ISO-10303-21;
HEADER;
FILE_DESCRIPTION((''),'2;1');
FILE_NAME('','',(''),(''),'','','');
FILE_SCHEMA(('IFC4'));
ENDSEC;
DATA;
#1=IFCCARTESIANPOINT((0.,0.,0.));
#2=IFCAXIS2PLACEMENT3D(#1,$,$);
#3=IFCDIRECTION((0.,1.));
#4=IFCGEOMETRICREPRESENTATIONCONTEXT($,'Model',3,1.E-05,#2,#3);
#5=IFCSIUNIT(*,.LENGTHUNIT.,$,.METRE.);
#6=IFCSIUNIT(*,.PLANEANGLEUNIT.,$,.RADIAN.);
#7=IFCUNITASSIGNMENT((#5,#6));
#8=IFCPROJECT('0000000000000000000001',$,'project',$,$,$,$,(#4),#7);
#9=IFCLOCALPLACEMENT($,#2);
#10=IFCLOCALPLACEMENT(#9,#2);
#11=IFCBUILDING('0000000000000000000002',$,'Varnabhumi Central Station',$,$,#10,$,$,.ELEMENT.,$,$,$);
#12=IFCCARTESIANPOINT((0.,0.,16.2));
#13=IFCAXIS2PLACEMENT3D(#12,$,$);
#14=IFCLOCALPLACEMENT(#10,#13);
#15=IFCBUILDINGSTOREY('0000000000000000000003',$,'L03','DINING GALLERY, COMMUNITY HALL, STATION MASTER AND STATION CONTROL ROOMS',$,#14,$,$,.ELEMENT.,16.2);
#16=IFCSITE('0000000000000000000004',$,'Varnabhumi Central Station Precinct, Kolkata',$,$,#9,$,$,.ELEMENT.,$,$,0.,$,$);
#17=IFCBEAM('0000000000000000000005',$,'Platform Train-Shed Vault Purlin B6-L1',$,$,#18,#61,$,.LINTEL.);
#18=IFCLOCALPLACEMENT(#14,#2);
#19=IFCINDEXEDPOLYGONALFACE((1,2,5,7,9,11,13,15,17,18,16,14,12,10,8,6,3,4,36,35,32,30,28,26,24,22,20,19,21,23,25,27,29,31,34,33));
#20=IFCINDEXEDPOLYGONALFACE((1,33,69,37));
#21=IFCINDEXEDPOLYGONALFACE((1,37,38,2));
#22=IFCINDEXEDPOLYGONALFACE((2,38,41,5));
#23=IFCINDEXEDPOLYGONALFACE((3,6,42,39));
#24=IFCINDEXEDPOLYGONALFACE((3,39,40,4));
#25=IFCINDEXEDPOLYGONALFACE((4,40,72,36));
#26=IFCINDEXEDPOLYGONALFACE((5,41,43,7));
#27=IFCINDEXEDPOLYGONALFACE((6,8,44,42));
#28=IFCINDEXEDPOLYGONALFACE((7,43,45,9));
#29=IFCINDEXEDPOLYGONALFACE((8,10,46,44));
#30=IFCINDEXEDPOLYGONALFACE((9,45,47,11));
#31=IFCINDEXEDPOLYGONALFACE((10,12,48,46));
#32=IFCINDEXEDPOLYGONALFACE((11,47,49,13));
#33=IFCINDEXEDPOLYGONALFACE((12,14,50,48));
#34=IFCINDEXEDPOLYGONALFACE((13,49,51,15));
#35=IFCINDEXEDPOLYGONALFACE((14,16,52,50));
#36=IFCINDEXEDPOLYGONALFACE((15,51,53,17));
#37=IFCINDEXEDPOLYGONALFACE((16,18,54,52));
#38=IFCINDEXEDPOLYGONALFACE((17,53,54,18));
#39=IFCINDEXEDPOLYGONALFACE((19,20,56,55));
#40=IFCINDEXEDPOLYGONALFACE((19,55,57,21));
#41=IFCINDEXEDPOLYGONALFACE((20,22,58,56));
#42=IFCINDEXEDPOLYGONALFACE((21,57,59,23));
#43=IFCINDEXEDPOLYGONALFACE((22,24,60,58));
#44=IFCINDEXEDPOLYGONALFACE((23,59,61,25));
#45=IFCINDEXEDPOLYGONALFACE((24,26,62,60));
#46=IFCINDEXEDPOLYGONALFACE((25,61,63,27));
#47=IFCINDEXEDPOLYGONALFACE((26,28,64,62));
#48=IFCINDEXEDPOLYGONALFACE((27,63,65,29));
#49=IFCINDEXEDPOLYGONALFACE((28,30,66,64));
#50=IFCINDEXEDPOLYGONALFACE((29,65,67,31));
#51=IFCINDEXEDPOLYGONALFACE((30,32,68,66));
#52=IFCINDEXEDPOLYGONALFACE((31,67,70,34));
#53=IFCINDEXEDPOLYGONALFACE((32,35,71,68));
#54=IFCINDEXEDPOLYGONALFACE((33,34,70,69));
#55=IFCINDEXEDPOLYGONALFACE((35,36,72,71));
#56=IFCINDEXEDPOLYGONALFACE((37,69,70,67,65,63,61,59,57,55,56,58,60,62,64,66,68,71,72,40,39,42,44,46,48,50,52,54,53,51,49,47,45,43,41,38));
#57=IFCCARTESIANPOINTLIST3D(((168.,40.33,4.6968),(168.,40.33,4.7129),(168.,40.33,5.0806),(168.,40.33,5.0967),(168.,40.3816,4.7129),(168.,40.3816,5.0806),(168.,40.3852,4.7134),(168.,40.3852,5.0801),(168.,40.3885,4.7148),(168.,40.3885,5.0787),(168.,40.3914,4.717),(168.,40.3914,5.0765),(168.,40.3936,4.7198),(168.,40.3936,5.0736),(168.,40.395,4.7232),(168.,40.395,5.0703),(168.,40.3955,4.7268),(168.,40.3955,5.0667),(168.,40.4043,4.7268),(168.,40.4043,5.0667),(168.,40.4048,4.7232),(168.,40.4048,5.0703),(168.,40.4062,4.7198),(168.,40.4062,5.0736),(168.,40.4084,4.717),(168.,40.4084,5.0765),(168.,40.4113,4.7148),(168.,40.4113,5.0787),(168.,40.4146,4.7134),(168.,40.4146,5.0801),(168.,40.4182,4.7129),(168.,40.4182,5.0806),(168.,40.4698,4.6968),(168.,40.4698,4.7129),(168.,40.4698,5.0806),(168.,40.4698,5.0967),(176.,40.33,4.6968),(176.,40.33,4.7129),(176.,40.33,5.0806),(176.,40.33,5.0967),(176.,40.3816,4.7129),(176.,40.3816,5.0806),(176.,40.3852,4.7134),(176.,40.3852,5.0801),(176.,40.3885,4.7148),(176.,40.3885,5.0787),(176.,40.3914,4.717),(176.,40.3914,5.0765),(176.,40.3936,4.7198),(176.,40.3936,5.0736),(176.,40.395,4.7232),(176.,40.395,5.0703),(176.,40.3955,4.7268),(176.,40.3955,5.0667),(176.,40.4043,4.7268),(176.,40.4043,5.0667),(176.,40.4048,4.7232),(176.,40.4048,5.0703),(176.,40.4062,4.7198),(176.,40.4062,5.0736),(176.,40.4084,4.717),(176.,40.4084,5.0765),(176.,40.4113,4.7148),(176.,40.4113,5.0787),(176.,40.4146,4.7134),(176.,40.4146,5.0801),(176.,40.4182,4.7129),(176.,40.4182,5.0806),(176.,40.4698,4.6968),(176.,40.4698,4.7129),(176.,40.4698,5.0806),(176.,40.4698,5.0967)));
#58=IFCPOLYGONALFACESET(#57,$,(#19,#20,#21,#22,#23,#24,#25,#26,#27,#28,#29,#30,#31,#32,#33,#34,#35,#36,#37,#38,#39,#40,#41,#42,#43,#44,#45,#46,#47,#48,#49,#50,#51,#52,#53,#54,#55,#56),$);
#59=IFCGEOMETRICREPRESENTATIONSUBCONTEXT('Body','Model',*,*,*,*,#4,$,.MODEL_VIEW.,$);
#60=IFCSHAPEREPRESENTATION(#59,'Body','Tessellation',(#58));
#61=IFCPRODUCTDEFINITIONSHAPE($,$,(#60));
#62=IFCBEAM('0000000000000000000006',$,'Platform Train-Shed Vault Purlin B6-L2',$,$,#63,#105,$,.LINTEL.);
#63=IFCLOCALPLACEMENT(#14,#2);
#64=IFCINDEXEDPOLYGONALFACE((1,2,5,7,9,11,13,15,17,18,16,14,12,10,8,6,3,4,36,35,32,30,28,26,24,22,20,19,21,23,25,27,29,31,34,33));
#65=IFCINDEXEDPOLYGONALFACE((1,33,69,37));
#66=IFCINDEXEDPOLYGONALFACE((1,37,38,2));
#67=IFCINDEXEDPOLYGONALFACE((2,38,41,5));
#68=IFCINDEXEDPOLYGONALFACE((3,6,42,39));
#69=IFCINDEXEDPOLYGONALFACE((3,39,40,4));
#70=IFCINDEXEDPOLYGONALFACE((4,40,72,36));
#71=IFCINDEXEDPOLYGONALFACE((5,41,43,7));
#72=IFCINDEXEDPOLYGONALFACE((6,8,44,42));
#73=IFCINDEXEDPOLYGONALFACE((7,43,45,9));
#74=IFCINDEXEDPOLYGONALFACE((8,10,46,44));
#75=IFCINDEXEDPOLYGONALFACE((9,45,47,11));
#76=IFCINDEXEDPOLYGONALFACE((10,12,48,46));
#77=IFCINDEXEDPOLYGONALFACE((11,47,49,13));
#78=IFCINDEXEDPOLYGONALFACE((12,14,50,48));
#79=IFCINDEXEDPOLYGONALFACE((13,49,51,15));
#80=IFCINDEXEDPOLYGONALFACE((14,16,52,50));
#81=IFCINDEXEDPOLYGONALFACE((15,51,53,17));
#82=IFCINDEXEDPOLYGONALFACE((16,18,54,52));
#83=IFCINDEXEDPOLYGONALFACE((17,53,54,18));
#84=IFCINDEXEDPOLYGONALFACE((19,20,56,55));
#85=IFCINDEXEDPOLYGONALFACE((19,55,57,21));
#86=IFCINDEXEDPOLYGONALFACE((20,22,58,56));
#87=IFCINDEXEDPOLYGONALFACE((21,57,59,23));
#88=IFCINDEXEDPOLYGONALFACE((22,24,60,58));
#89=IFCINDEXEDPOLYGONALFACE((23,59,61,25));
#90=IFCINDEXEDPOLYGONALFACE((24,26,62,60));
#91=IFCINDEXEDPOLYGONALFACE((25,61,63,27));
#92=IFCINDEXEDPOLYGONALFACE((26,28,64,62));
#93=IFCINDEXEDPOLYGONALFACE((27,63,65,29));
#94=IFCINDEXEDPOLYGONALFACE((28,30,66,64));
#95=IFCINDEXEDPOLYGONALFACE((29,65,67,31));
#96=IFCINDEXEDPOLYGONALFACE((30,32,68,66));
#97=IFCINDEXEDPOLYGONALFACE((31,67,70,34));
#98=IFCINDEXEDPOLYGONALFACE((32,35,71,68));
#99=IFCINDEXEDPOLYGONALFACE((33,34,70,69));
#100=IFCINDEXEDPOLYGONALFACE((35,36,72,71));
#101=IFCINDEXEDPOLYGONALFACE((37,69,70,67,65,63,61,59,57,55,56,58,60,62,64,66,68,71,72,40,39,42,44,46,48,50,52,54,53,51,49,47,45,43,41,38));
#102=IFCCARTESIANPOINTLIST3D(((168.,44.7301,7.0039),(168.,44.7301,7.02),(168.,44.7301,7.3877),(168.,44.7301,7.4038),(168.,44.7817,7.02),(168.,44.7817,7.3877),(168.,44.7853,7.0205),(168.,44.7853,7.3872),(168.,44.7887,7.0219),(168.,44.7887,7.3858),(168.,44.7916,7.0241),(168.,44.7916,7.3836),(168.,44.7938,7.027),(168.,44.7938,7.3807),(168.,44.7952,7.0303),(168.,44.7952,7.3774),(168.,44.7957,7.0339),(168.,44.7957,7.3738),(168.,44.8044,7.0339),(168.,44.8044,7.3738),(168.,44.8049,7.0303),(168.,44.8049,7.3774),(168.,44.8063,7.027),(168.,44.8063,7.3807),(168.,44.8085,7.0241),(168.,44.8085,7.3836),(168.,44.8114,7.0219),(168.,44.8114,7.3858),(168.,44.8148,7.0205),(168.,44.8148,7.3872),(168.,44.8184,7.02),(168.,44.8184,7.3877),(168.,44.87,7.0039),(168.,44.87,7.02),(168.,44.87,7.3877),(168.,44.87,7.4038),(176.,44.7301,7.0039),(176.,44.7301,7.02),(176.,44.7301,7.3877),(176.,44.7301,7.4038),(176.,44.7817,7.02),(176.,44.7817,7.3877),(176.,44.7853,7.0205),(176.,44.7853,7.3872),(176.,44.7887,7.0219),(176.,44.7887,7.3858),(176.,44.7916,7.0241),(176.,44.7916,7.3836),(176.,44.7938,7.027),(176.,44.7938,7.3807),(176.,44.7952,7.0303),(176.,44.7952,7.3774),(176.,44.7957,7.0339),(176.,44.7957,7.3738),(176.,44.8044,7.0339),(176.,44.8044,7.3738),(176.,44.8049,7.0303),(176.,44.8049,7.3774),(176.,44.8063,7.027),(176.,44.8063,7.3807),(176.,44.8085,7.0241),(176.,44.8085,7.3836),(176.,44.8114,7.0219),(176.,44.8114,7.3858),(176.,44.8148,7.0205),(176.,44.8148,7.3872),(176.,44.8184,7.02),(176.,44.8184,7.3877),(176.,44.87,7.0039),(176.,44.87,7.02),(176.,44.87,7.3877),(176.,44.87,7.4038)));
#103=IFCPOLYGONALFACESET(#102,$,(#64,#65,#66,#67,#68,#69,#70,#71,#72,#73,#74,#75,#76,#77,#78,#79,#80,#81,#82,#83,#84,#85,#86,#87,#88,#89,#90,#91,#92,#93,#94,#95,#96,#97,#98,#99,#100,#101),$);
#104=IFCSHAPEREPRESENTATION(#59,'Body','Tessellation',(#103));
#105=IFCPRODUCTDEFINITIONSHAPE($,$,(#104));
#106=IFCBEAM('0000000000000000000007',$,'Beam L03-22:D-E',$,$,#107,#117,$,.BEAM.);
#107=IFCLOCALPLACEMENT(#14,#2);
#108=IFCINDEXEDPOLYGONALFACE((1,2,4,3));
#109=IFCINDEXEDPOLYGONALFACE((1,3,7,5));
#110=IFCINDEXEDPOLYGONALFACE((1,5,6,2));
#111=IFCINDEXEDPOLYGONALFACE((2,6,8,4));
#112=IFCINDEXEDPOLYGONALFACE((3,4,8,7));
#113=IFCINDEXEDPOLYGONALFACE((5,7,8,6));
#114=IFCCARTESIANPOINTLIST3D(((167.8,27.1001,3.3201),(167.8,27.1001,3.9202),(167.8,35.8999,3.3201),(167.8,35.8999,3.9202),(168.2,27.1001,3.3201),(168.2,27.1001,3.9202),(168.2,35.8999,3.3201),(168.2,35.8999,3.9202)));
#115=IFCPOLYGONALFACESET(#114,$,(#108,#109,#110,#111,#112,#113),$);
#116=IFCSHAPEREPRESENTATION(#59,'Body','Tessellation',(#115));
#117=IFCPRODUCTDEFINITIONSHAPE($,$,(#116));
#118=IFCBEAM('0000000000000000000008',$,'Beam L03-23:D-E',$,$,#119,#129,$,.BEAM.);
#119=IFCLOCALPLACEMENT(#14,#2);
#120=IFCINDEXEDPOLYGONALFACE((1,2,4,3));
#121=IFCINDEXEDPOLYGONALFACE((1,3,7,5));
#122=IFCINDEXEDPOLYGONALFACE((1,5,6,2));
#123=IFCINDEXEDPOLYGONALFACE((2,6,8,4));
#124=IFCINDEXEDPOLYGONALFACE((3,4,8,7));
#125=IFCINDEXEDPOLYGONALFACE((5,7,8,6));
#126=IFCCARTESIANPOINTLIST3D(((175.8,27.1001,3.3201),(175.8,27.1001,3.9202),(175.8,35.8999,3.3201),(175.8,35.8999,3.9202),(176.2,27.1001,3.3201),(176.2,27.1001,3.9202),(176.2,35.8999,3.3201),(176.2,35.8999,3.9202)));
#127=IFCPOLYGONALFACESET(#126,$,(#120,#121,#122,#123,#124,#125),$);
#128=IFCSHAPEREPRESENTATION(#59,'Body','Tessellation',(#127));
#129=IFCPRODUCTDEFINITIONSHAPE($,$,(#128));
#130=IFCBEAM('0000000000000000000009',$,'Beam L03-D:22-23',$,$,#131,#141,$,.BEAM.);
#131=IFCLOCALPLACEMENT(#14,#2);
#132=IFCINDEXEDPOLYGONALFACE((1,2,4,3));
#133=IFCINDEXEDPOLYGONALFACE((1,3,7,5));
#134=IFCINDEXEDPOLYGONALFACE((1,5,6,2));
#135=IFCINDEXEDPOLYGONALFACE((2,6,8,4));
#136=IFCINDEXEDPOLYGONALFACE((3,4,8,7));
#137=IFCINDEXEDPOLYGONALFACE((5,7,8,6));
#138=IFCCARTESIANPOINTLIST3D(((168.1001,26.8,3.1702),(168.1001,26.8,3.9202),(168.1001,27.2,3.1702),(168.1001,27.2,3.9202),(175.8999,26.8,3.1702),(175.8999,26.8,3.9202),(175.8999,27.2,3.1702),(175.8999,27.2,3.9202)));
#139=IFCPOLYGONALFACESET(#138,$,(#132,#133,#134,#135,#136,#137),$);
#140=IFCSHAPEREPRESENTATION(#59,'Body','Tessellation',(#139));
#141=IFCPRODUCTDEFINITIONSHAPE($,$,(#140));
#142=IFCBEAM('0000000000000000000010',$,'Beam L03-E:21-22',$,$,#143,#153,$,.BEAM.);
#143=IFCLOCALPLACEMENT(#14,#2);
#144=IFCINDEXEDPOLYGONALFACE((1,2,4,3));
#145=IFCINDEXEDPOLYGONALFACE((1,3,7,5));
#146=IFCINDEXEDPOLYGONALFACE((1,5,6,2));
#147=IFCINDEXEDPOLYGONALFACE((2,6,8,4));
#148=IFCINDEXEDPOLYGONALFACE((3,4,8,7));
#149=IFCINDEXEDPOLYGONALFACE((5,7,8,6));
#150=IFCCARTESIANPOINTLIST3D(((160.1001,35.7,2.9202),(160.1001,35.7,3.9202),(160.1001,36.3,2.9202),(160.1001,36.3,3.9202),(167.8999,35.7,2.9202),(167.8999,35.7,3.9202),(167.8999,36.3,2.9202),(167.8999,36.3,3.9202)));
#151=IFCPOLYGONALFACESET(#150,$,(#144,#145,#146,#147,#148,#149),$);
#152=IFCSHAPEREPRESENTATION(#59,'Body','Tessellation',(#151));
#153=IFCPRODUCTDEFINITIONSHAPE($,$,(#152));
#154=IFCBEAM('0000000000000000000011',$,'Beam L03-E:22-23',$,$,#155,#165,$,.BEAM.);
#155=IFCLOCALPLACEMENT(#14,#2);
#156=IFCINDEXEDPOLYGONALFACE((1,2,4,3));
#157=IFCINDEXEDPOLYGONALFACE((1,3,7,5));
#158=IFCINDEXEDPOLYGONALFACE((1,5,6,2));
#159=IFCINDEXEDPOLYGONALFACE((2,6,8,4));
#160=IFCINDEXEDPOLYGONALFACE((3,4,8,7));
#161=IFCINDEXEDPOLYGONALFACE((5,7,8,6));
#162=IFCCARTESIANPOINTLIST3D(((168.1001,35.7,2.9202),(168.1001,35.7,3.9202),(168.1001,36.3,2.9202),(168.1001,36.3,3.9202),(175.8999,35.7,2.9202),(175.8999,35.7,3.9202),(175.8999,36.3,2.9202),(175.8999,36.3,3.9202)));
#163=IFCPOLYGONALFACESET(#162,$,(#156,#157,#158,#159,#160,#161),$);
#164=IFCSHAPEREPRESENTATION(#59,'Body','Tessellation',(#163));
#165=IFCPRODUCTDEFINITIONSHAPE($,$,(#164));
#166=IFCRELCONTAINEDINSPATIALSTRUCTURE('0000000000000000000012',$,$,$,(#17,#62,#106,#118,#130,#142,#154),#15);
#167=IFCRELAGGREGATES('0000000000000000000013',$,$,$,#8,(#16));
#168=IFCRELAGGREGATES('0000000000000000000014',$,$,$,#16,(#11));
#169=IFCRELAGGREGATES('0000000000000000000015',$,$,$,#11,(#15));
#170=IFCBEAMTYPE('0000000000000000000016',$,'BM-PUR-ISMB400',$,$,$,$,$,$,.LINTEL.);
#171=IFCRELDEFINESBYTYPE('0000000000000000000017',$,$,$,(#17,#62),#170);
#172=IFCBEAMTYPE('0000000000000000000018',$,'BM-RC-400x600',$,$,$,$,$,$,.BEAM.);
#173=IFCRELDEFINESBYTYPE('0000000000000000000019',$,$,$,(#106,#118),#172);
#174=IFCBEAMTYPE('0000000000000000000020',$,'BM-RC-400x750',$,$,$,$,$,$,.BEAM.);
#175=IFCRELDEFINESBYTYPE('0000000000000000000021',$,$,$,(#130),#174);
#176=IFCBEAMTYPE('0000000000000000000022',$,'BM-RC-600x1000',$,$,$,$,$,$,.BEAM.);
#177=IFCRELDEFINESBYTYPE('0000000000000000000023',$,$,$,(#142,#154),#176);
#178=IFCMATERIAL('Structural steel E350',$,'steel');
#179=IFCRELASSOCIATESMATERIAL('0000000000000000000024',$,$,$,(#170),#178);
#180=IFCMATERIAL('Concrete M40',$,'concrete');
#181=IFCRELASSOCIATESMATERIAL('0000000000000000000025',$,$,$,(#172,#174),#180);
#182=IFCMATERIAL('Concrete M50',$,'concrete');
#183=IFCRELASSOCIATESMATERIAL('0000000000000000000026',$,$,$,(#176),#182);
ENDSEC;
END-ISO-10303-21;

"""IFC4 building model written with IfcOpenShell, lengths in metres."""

from ifc_helpers import new_model, si_unit, direction, frame, origin, origin_2d, place, context, subcontext, project, spatial, rectangle, i_section, extrude, material, material_profile, profile_set, type_object, element, save


model = new_model("IFC4")

# Units and contexts
model_context = context("Model", 3, precision=1e-05, world=origin(), true_north=direction((0.0, 1.0)))
body_context = subcontext(model_context, "Body", "Model", "MODEL_VIEW")
ifc_project = project(units=[si_unit("LENGTHUNIT", "METRE"), si_unit("PLANEANGLEUNIT", "RADIAN")], contexts=[model_context])

# Site, building, storey
site_placement = place(None, origin())
site = spatial("IfcSite", under=ifc_project, at=site_placement, Name="Varnabhumi Central Station Precinct, Kolkata", CompositionType="ELEMENT", RefElevation=0.0)
building_placement = place(site_placement, origin())
building = spatial("IfcBuilding", under=site, at=building_placement, Name="Varnabhumi Central Station", CompositionType="ELEMENT")
storey_placement = place(building_placement, frame((0.0, 0.0, 16.2)))
storey = spatial("IfcBuildingStorey", under=building, at=storey_placement, Name="L03", Description="DINING GALLERY, COMMUNITY HALL, STATION MASTER AND STATION CONTROL ROOMS", CompositionType="ELEMENT", Elevation=16.2)

# Shared definitions
ifc_material_1 = material(Name="Concrete M40", Category="concrete")

# Beams
ifc_material_2 = material(Name="Structural steel E350", Category="steel")
ifc_material_profile_1 = material_profile(ifc_material_2, i_section(OverallWidth=0.1399, OverallDepth=0.3999, WebThickness=0.0088, FlangeThickness=0.0161, FilletRadius=0.0139, at=origin_2d()), Name="Structural steel E350", Category="steel")
ifc_profile_set_1 = profile_set([ifc_material_profile_1], Name="Structural steel E350")
beam_type_1 = type_object("IfcBeamType", Name="BM-PUR-ISMB400", PredefinedType="LINTEL", material=ifc_profile_set_1)
for number, where, z_axis, x_axis, name in (
    (1, (168.0, 40.3999, 4.8967), (1.0, 0.0, 0.0), (0.0, 1.0, 0.0), "Platform Train-Shed Vault Purlin B6-L1"),
    (2, (168.0, 44.8, 7.2039), (1.0, 0.0, 0.0), (0.0, 1.0, 0.0), "Platform Train-Shed Vault Purlin B6-L2"),
):
    element("IfcBeam", number, at=place(storey_placement, frame(where, z_axis=z_axis, x_axis=x_axis)), inside=storey, type_object=beam_type_1, Name=name, PredefinedType="LINTEL", context=body_context, shape_type="SweptSolid", body=[
        extrude(i_section(OverallWidth=0.1399, OverallDepth=0.3999, WebThickness=0.0088, FlangeThickness=0.0161, FilletRadius=0.0139, at=origin_2d()), origin(), (0.0, 0.0, 1.0), 8.0),
    ])
ifc_material_profile_2 = material_profile(ifc_material_1, rectangle(XDim=0.3999, YDim=0.6001, at=origin_2d()), Name="Concrete M40", Category="concrete")
ifc_profile_set_2 = profile_set([ifc_material_profile_2], Name="Concrete M40")
beam_type_2 = type_object("IfcBeamType", Name="BM-RC-400x600", PredefinedType="BEAM", material=ifc_profile_set_2)
for number, where, z_axis, x_axis, name in (
    (3, (168.0, 27.1001, 3.6201), (0.0, 1.0, 0.0), (-1.0, 0.0, 0.0), "Beam L03-22:D-E"),
    (4, (176.0, 27.1001, 3.6201), (0.0, 1.0, 0.0), (-1.0, 0.0, 0.0), "Beam L03-23:D-E"),
):
    element("IfcBeam", number, at=place(storey_placement, frame(where, z_axis=z_axis, x_axis=x_axis)), inside=storey, type_object=beam_type_2, Name=name, PredefinedType="BEAM", context=body_context, shape_type="SweptSolid", body=[
        extrude(rectangle(XDim=0.3999, YDim=0.6001, at=origin_2d()), origin(), (0.0, 0.0, 1.0), 8.7998),
    ])
ifc_material_profile_3 = material_profile(ifc_material_1, rectangle(XDim=0.3999, YDim=0.75, at=origin_2d()), Name="Concrete M40", Category="concrete")
ifc_profile_set_3 = profile_set([ifc_material_profile_3], Name="Concrete M40")
beam_type_3 = type_object("IfcBeamType", Name="BM-RC-400x750", PredefinedType="BEAM", material=ifc_profile_set_3)
beam_1_placement = place(storey_placement, frame((168.1001, 27.0, 3.5452), z_axis=(1.0, 0.0, 0.0), x_axis=(0.0, 1.0, 0.0)))
element("IfcBeam", 5, at=beam_1_placement, inside=storey, type_object=beam_type_3, Name="Beam L03-D:22-23", PredefinedType="BEAM", context=body_context, shape_type="SweptSolid", body=[
    extrude(rectangle(XDim=0.3999, YDim=0.75, at=origin_2d()), origin(), (0.0, 0.0, 1.0), 7.7998),
])
ifc_material_3 = material(Name="Concrete M50", Category="concrete")
ifc_material_profile_4 = material_profile(ifc_material_3, rectangle(XDim=0.6001, YDim=1.0, at=origin_2d()), Name="Concrete M50", Category="concrete")
ifc_profile_set_4 = profile_set([ifc_material_profile_4], Name="Concrete M50")
beam_type_4 = type_object("IfcBeamType", Name="BM-RC-600x1000", PredefinedType="BEAM", material=ifc_profile_set_4)
for number, where, z_axis, x_axis, name in (
    (6, (160.1001, 36.0, 3.4202), (1.0, 0.0, 0.0), (0.0, 1.0, 0.0), "Beam L03-E:21-22"),
    (7, (168.1001, 36.0, 3.4202), (1.0, 0.0, 0.0), (0.0, 1.0, 0.0), "Beam L03-E:22-23"),
):
    element("IfcBeam", number, at=place(storey_placement, frame(where, z_axis=z_axis, x_axis=x_axis)), inside=storey, type_object=beam_type_4, Name=name, PredefinedType="BEAM", context=body_context, shape_type="SweptSolid", body=[
        extrude(rectangle(XDim=0.6001, YDim=1.0, at=origin_2d()), origin(), (0.0, 0.0, 1.0), 7.7998),
    ])

save(model, "model.ifc")
